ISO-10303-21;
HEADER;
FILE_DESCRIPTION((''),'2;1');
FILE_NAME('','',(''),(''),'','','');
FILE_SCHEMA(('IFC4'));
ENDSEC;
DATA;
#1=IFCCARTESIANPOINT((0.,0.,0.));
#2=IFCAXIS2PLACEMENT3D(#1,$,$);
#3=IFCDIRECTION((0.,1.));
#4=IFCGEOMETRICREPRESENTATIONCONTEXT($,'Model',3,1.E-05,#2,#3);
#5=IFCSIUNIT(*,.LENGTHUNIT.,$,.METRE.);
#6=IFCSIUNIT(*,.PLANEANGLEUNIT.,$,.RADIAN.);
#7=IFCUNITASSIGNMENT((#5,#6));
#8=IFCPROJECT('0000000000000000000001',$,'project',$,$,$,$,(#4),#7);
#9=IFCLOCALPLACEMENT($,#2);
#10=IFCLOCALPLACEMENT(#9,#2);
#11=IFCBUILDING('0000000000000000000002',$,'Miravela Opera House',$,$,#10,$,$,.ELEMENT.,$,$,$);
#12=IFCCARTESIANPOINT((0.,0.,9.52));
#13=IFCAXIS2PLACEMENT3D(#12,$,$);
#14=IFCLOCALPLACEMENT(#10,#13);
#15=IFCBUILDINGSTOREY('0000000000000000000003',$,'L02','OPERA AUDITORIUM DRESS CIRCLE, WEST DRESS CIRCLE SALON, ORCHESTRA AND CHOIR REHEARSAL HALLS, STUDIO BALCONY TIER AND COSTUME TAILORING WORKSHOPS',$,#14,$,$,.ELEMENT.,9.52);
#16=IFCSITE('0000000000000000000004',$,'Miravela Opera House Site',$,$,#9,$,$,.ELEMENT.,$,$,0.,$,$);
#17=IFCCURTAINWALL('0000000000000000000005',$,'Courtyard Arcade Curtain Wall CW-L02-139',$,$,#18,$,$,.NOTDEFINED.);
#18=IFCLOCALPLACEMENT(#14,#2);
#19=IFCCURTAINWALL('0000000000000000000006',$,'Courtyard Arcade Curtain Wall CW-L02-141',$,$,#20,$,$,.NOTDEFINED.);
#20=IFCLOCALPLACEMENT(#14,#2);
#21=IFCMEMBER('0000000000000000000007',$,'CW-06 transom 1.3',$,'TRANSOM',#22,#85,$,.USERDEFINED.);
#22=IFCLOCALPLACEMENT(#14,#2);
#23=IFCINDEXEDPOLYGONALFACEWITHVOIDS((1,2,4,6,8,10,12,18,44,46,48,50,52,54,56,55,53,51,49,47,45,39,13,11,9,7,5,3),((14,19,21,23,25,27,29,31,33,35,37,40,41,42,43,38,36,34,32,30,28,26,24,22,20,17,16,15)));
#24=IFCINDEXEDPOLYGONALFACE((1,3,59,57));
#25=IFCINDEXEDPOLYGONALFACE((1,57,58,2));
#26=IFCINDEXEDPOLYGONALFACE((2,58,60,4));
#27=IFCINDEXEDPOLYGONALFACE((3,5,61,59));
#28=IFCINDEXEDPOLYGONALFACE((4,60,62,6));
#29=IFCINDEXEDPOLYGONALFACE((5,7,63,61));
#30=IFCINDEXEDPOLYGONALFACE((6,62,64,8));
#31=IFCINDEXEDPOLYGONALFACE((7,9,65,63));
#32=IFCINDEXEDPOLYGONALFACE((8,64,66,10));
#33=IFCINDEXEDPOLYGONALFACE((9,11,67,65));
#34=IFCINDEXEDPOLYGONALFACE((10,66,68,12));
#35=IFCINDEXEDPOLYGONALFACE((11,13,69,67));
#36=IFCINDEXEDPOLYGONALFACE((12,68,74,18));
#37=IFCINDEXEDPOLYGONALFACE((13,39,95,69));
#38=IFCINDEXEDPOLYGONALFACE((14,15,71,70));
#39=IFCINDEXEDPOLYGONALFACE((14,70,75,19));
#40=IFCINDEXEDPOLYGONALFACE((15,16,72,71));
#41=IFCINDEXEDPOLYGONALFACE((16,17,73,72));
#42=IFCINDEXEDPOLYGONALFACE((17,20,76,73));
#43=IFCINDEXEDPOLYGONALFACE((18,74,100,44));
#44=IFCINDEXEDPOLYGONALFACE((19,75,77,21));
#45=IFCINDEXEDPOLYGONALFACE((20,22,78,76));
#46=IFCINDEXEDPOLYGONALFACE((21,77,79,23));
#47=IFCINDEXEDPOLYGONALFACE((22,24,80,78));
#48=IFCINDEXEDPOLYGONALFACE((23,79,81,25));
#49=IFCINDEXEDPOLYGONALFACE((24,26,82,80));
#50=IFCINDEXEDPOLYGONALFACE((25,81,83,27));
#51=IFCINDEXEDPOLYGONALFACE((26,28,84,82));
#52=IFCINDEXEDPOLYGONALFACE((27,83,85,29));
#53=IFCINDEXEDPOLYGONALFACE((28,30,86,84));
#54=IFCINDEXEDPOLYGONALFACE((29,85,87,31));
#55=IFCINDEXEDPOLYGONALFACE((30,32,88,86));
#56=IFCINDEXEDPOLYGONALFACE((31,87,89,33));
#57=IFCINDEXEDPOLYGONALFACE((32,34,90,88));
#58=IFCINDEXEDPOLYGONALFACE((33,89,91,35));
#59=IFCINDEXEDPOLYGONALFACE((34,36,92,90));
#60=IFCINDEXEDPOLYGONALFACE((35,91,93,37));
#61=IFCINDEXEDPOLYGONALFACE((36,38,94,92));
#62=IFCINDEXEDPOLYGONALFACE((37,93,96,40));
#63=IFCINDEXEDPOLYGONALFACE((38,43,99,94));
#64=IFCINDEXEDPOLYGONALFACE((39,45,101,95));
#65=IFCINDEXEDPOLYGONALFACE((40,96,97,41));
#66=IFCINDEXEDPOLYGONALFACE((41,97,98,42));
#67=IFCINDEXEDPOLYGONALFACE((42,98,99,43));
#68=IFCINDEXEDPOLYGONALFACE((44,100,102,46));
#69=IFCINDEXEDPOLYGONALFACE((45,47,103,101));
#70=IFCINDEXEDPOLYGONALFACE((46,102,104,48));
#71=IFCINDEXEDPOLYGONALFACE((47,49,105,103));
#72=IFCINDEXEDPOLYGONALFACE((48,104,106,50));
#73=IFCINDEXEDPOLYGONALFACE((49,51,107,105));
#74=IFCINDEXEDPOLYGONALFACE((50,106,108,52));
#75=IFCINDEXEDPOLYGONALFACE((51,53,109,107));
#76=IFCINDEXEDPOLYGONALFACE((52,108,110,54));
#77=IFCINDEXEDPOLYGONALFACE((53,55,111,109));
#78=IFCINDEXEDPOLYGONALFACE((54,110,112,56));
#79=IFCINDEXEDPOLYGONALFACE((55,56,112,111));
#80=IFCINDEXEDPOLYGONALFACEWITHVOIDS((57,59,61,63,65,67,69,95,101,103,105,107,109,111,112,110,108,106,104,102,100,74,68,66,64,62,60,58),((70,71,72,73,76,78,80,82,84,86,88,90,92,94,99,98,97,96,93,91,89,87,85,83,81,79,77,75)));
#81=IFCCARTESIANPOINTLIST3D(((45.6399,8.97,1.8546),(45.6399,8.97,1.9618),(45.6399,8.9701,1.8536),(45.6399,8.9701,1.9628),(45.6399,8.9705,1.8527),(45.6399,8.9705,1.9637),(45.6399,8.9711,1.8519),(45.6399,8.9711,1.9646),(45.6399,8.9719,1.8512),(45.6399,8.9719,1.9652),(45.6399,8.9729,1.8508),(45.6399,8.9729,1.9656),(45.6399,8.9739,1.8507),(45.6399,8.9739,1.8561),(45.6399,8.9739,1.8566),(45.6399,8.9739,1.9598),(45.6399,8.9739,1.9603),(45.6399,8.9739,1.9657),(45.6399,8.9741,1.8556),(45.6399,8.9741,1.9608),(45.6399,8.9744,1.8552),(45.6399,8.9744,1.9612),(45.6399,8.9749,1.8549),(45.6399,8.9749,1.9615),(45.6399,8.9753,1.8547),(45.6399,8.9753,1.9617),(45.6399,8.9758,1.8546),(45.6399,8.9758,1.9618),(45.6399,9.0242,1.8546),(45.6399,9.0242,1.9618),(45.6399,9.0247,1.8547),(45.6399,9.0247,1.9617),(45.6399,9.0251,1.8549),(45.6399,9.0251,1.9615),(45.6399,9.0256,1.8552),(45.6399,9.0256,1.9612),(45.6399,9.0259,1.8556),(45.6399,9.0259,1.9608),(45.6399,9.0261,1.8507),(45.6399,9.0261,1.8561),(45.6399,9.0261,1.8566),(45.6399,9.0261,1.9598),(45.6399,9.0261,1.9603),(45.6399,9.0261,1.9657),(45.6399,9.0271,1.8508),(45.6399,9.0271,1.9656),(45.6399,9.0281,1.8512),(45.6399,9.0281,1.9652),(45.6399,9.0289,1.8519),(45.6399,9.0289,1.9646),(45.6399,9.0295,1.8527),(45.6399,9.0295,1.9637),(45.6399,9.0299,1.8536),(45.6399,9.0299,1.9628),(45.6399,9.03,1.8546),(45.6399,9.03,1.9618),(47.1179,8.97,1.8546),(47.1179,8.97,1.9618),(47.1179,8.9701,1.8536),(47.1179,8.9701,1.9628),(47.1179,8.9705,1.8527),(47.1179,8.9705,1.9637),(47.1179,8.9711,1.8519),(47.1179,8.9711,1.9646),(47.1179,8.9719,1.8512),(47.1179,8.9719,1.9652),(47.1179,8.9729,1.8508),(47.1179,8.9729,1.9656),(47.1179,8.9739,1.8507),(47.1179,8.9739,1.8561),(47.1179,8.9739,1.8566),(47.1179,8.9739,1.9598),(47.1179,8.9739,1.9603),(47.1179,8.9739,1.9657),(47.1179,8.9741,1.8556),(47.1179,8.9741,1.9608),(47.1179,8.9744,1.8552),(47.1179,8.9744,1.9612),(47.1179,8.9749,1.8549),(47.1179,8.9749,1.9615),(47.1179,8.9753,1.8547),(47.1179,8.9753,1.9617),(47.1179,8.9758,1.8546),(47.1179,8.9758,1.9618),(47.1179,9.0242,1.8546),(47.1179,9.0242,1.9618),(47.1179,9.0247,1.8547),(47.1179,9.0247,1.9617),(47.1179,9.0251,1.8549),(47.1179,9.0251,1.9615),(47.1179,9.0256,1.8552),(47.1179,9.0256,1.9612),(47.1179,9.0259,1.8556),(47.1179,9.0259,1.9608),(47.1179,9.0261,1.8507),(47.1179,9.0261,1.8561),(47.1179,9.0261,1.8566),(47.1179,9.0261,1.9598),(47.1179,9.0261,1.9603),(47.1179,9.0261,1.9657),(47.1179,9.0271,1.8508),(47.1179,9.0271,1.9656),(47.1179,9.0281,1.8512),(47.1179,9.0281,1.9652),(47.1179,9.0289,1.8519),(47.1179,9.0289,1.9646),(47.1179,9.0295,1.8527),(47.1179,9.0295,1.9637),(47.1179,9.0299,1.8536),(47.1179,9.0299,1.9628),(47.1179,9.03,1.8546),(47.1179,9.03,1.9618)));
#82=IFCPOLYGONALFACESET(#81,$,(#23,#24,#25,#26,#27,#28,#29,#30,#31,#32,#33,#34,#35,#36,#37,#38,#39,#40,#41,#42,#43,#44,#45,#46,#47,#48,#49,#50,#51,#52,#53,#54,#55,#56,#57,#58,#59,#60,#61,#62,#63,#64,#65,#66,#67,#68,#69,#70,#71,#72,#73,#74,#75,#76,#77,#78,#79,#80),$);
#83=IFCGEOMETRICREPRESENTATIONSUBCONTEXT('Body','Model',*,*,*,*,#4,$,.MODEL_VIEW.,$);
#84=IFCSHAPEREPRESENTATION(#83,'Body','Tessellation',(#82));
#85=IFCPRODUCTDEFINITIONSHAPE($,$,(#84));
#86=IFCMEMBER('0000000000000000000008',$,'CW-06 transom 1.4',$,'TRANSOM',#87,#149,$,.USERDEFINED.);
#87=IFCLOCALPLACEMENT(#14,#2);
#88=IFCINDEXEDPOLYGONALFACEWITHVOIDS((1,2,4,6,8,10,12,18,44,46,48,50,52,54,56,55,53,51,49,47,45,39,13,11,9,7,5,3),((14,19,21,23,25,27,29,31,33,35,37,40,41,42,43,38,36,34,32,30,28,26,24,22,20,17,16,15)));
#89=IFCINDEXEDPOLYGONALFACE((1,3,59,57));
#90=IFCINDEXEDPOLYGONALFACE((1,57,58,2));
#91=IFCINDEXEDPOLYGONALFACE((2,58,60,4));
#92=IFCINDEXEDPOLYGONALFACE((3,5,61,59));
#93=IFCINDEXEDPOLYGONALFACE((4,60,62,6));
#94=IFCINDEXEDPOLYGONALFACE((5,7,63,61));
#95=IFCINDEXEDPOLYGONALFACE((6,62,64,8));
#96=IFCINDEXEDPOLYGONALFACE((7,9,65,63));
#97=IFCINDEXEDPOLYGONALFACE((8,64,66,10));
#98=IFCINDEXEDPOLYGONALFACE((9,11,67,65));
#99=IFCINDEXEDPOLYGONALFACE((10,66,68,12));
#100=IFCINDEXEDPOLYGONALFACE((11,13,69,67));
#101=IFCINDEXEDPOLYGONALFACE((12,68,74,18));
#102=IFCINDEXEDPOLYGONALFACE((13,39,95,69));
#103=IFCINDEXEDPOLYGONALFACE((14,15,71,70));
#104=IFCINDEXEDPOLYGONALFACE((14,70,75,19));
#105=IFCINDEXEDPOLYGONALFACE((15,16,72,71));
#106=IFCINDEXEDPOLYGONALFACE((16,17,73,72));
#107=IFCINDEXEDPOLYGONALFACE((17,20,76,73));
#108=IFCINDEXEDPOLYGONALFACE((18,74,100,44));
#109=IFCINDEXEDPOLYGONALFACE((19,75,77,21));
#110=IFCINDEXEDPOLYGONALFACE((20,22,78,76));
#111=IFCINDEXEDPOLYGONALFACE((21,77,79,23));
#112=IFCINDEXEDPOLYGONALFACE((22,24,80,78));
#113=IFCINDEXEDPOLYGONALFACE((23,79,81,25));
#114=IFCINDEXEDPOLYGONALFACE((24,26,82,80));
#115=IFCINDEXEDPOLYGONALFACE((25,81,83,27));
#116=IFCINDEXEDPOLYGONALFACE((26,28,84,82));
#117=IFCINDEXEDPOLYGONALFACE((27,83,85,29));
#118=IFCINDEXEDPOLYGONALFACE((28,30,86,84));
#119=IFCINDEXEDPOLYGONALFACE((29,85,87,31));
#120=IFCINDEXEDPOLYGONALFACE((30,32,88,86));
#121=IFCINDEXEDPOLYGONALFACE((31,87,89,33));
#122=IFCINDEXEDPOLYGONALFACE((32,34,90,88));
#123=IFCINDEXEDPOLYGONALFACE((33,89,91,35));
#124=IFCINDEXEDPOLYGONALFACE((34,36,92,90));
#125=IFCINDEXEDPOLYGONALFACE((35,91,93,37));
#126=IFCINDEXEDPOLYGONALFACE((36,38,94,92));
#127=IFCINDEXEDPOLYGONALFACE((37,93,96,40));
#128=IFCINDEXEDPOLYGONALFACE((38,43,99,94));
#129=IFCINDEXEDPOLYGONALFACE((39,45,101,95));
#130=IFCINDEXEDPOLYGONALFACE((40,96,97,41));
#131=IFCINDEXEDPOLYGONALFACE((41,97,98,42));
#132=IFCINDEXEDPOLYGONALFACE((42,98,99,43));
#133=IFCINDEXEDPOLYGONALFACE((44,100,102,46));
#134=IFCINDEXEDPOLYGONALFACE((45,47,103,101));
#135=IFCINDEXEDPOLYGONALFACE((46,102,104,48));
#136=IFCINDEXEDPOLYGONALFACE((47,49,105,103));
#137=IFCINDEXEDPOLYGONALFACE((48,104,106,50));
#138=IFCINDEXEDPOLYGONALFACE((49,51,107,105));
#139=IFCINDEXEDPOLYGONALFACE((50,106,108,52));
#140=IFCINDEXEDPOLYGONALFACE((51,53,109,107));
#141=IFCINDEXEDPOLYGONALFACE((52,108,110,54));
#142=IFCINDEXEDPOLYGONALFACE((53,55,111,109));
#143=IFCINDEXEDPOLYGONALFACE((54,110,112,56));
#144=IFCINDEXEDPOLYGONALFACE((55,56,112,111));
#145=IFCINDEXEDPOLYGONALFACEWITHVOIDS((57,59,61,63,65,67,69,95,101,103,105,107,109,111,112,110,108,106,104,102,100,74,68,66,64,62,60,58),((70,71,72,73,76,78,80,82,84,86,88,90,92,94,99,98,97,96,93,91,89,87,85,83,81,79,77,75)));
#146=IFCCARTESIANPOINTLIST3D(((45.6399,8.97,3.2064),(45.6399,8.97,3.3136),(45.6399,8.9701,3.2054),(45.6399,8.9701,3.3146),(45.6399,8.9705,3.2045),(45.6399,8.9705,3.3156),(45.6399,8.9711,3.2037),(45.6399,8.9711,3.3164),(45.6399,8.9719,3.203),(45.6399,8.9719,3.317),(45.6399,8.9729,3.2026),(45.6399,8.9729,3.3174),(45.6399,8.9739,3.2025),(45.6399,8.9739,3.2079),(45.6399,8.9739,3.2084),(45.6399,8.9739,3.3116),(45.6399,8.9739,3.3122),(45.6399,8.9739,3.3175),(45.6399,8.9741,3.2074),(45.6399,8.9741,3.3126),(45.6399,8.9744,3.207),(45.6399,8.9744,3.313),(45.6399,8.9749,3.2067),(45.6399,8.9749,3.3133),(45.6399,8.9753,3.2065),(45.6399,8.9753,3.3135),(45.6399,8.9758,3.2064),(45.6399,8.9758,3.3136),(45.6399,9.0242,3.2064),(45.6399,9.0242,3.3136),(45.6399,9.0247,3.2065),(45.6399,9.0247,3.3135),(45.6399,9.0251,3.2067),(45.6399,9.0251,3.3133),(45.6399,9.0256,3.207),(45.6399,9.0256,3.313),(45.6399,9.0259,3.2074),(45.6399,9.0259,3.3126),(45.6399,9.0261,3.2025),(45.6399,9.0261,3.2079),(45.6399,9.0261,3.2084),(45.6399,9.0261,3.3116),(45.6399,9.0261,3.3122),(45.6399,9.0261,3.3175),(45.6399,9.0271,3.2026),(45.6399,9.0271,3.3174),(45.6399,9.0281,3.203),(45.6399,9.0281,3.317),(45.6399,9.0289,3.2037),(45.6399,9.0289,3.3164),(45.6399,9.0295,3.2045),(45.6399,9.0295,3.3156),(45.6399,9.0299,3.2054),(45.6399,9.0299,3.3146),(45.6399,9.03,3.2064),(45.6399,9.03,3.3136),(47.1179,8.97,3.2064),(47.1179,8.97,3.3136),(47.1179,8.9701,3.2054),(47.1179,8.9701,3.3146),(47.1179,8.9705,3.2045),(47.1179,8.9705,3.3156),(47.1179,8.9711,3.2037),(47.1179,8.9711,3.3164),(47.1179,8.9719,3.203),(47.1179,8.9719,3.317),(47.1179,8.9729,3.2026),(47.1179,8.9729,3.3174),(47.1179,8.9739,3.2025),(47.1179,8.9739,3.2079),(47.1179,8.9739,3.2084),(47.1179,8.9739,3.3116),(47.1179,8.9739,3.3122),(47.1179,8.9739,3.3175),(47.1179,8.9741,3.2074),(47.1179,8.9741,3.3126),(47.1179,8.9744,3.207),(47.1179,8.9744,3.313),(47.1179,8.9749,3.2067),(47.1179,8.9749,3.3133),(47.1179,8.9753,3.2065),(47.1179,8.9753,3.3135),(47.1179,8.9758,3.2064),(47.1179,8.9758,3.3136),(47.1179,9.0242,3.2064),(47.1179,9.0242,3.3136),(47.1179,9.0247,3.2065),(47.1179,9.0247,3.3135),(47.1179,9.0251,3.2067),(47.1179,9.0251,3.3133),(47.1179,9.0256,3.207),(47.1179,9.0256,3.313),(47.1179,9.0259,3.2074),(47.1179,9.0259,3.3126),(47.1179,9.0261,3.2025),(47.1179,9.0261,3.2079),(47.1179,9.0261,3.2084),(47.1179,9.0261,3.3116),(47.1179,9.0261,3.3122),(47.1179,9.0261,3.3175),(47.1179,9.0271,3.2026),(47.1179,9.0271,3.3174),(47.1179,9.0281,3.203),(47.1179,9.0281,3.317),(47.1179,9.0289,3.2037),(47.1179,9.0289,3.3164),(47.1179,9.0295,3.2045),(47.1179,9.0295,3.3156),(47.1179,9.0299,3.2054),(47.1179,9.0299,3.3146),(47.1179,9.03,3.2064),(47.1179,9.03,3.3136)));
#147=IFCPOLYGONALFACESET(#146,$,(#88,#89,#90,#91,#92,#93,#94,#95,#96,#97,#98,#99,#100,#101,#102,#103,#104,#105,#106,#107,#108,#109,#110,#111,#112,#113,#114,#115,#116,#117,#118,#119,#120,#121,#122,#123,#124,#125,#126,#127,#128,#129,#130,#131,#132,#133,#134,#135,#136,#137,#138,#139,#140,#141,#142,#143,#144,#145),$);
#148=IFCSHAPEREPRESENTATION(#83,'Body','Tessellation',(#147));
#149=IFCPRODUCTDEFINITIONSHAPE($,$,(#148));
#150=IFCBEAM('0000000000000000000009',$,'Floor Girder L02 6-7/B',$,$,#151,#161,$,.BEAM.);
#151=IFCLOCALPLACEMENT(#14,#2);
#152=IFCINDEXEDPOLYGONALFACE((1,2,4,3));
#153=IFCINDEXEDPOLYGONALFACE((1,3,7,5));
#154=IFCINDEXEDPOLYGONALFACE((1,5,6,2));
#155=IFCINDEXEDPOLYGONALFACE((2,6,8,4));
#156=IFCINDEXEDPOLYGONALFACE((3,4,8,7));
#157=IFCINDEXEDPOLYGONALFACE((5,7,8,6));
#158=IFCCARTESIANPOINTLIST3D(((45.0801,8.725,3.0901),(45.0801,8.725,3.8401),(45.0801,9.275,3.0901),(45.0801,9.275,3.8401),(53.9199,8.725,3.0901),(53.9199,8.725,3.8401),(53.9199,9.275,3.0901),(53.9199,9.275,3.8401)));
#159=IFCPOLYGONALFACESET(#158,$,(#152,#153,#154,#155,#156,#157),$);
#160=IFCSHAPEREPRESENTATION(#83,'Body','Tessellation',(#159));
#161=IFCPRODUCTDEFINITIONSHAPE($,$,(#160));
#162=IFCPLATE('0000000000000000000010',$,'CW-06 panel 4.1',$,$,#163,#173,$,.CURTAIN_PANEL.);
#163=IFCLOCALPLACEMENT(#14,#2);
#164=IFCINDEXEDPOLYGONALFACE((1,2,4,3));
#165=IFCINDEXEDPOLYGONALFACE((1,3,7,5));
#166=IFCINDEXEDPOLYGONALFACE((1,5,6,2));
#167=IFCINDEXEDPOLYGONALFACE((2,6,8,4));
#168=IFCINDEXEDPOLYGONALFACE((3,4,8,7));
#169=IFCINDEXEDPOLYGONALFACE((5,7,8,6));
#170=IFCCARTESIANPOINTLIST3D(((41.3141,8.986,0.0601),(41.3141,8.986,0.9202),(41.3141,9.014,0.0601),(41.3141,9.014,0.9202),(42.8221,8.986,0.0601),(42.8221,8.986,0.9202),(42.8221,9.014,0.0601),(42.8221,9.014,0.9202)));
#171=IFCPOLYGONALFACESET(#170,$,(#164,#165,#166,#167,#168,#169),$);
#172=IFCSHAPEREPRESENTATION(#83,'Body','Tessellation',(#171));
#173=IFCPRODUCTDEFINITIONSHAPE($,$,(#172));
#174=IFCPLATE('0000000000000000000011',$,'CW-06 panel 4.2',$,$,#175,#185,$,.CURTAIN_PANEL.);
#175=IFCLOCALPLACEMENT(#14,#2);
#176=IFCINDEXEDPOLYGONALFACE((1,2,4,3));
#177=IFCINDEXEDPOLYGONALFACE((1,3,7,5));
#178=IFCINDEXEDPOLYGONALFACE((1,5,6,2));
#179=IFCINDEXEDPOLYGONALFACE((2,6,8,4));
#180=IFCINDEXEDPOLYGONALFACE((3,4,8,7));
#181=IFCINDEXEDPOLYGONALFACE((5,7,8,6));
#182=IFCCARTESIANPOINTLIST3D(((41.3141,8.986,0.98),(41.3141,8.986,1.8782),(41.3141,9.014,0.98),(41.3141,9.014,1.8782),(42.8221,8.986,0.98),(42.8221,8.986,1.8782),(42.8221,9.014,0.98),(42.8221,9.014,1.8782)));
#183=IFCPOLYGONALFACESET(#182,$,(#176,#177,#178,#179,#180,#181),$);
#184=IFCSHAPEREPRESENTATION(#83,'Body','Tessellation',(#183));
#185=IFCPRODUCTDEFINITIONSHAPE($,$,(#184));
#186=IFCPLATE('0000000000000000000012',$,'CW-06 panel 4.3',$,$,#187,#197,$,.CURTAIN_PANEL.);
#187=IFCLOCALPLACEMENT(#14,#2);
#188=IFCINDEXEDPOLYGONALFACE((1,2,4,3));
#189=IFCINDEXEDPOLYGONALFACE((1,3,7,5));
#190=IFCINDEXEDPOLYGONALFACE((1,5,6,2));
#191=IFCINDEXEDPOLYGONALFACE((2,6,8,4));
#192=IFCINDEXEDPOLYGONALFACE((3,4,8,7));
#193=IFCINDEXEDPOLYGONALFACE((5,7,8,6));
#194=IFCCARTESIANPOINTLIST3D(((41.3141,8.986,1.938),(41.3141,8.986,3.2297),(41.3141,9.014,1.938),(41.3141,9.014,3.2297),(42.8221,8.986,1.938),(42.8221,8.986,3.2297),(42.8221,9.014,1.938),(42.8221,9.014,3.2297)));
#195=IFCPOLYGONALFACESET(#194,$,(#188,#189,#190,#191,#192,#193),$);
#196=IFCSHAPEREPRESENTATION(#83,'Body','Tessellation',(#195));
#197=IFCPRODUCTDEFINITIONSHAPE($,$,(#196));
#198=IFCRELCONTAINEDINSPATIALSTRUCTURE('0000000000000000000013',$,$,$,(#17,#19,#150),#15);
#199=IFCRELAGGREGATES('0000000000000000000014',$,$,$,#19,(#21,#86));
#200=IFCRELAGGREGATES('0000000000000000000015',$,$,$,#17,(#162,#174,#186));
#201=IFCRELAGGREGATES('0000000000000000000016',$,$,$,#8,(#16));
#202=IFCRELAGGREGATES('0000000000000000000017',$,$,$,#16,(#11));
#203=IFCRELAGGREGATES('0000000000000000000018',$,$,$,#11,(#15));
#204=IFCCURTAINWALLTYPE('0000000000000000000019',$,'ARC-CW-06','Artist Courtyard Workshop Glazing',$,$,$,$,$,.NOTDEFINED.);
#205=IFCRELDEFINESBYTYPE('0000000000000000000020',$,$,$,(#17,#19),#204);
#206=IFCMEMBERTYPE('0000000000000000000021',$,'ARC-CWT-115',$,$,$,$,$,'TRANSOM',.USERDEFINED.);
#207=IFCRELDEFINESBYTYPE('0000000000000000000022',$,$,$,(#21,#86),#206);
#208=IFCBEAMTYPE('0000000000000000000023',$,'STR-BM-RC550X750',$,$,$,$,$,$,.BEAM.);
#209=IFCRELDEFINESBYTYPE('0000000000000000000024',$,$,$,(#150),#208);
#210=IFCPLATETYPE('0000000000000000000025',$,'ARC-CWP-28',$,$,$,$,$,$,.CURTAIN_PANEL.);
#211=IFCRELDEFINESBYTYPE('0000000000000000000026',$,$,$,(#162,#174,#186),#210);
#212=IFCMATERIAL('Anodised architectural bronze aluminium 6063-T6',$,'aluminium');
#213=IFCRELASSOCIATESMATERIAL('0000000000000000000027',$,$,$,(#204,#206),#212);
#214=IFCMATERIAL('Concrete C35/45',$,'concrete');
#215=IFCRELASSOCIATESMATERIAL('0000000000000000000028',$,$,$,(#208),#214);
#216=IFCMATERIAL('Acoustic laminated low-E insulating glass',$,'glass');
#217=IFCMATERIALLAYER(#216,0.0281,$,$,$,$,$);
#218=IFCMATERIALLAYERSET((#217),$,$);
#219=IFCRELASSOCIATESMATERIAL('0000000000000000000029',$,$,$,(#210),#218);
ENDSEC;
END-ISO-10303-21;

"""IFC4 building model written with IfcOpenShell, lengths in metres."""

from ifc_helpers import new_model, si_unit, direction, frame, origin, origin_2d, place, context, subcontext, project, spatial, rectangle, hollow_rectangle, extrude, material, layer, layer_set, material_profile, profile_set, type_object, element, aggregate, save


model = new_model("IFC4")

# Units and contexts
model_context = context("Model", 3, precision=1e-05, world=origin(), true_north=direction((0.0, 1.0)))
body_context = subcontext(model_context, "Body", "Model", "MODEL_VIEW")
ifc_project = project(units=[si_unit("LENGTHUNIT", "METRE"), si_unit("PLANEANGLEUNIT", "RADIAN")], contexts=[model_context])

# Site, building, storey
site_placement = place(None, origin())
site = spatial("IfcSite", under=ifc_project, at=site_placement, Name="Miravela Opera House Site", CompositionType="ELEMENT", RefElevation=0.0)
building_placement = place(site_placement, origin())
building = spatial("IfcBuilding", under=site, at=building_placement, Name="Miravela Opera House", CompositionType="ELEMENT")
storey_placement = place(building_placement, frame((0.0, 0.0, 9.52)))
storey = spatial("IfcBuildingStorey", under=building, at=storey_placement, Name="L02", Description="OPERA AUDITORIUM DRESS CIRCLE, WEST DRESS CIRCLE SALON, ORCHESTRA AND CHOIR REHEARSAL HALLS, STUDIO BALCONY TIER AND COSTUME TAILORING WORKSHOPS", CompositionType="ELEMENT", Elevation=9.52)

# Shared definitions
ifc_material_1 = material(Name="Concrete C35/45", Category="concrete")

# Curtain wall
ifc_material_2 = material(Name="Anodised architectural bronze aluminium 6063-T6", Category="aluminium")
curtain_wall_type = type_object("IfcCurtainWallType", Name="ARC-CW-06", Description="Artist Courtyard Workshop Glazing", PredefinedType="NOTDEFINED", material=ifc_material_2)
curtain_wall_1_placement = place(storey_placement, origin())
curtain_wall_1 = element("IfcCurtainWall", 1, at=curtain_wall_1_placement, inside=storey, type_object=curtain_wall_type, Name="Courtyard Arcade Curtain Wall CW-L02-139", PredefinedType="NOTDEFINED")

# Curtain wall
curtain_wall_2_placement = place(storey_placement, origin())
curtain_wall_2 = element("IfcCurtainWall", 2, at=curtain_wall_2_placement, inside=storey, type_object=curtain_wall_type, Name="Courtyard Arcade Curtain Wall CW-L02-141", PredefinedType="NOTDEFINED")

# Members
ifc_material_profile_1 = material_profile(ifc_material_2, hollow_rectangle(XDim=0.0601, YDim=0.115, WallThickness=0.0039, InnerFilletRadius=0.002, OuterFilletRadius=0.0039, at=origin_2d()), Name="CWT-60X115")
ifc_profile_set_1 = profile_set([ifc_material_profile_1])
member_type_1 = type_object("IfcMemberType", Name="ARC-CWT-115", ElementType="TRANSOM", PredefinedType="USERDEFINED", material=ifc_profile_set_1)
member_1_placement = place(storey_placement, frame((45.6399, 9.0, 1.9082), z_axis=(1.0, 0.0, 0.0), x_axis=(0.0, 1.0, 0.0)))
member_1 = element("IfcMember", 3, at=member_1_placement, type_object=member_type_1, Name="CW-06 transom 1.3", ObjectType="TRANSOM", PredefinedType="USERDEFINED", context=body_context, shape_type="SweptSolid", body=[
    extrude(hollow_rectangle(XDim=0.0601, YDim=0.115, WallThickness=0.0039, InnerFilletRadius=0.002, OuterFilletRadius=0.0039, at=origin_2d()), origin(), (0.0, 0.0, 1.0), 1.478),
])
member_2_placement = place(storey_placement, frame((45.6399, 9.0, 3.26), z_axis=(1.0, 0.0, 0.0), x_axis=(0.0, 1.0, 0.0)))
member_2 = element("IfcMember", 4, at=member_2_placement, type_object=member_type_1, Name="CW-06 transom 1.4", ObjectType="TRANSOM", PredefinedType="USERDEFINED", context=body_context, shape_type="SweptSolid", body=[
    extrude(hollow_rectangle(XDim=0.0601, YDim=0.115, WallThickness=0.0039, InnerFilletRadius=0.002, OuterFilletRadius=0.0039, at=origin_2d()), origin(), (0.0, 0.0, 1.0), 1.478),
])
aggregate(curtain_wall_2, [member_1, member_2])

# Beam
ifc_material_profile_2 = material_profile(ifc_material_1, rectangle(XDim=0.55, YDim=0.75, at=origin_2d()), Name="RC-BM-550X750")
ifc_profile_set_2 = profile_set([ifc_material_profile_2])
beam_type = type_object("IfcBeamType", Name="STR-BM-RC550X750", PredefinedType="BEAM", material=ifc_profile_set_2)
beam_placement = place(storey_placement, frame((45.0801, 9.0, 3.4651), z_axis=(1.0, 0.0, 0.0), x_axis=(0.0, 1.0, 0.0)))
element("IfcBeam", 5, at=beam_placement, inside=storey, type_object=beam_type, Name="Floor Girder L02 6-7/B", PredefinedType="BEAM", context=body_context, shape_type="SweptSolid", body=[
    extrude(rectangle(XDim=0.55, YDim=0.75, at=origin_2d()), origin(), (0.0, 0.0, 1.0), 8.8398),
])

# Plates
ifc_material_3 = material(Name="Acoustic laminated low-E insulating glass", Category="glass")
ifc_layer = layer(ifc_material_3, 0.0281)
ifc_layer_set = layer_set([ifc_layer])
plate_type = type_object("IfcPlateType", Name="ARC-CWP-28", PredefinedType="CURTAIN_PANEL", material=ifc_layer_set)
plate_1_placement = place(storey_placement, frame((42.0681, 9.0, 0.0601), z_axis=(0.0, 0.0, 1.0), x_axis=(1.0, 0.0, 0.0)))
plate_1 = element("IfcPlate", 6, at=plate_1_placement, type_object=plate_type, Name="CW-06 panel 4.1", PredefinedType="CURTAIN_PANEL", context=body_context, shape_type="SweptSolid", body=[
    extrude(rectangle(XDim=1.5081, YDim=0.0281, at=origin_2d()), origin(), (0.0, 0.0, 1.0), 0.8601),
])
plate_2_placement = place(storey_placement, frame((42.0681, 9.0, 0.98), z_axis=(0.0, 0.0, 1.0), x_axis=(1.0, 0.0, 0.0)))
plate_2 = element("IfcPlate", 7, at=plate_2_placement, type_object=plate_type, Name="CW-06 panel 4.2", PredefinedType="CURTAIN_PANEL", context=body_context, shape_type="SweptSolid", body=[
    extrude(rectangle(XDim=1.5081, YDim=0.0281, at=origin_2d()), origin(), (0.0, 0.0, 1.0), 0.8982),
])
plate_3_placement = place(storey_placement, frame((42.0681, 9.0, 1.938), z_axis=(0.0, 0.0, 1.0), x_axis=(1.0, 0.0, 0.0)))
plate_3 = element("IfcPlate", 8, at=plate_3_placement, type_object=plate_type, Name="CW-06 panel 4.3", PredefinedType="CURTAIN_PANEL", context=body_context, shape_type="SweptSolid", body=[
    extrude(rectangle(XDim=1.5081, YDim=0.0281, at=origin_2d()), origin(), (0.0, 0.0, 1.0), 1.2917),
])
aggregate(curtain_wall_1, [plate_1, plate_2, plate_3])

save(model, "model.ifc")
